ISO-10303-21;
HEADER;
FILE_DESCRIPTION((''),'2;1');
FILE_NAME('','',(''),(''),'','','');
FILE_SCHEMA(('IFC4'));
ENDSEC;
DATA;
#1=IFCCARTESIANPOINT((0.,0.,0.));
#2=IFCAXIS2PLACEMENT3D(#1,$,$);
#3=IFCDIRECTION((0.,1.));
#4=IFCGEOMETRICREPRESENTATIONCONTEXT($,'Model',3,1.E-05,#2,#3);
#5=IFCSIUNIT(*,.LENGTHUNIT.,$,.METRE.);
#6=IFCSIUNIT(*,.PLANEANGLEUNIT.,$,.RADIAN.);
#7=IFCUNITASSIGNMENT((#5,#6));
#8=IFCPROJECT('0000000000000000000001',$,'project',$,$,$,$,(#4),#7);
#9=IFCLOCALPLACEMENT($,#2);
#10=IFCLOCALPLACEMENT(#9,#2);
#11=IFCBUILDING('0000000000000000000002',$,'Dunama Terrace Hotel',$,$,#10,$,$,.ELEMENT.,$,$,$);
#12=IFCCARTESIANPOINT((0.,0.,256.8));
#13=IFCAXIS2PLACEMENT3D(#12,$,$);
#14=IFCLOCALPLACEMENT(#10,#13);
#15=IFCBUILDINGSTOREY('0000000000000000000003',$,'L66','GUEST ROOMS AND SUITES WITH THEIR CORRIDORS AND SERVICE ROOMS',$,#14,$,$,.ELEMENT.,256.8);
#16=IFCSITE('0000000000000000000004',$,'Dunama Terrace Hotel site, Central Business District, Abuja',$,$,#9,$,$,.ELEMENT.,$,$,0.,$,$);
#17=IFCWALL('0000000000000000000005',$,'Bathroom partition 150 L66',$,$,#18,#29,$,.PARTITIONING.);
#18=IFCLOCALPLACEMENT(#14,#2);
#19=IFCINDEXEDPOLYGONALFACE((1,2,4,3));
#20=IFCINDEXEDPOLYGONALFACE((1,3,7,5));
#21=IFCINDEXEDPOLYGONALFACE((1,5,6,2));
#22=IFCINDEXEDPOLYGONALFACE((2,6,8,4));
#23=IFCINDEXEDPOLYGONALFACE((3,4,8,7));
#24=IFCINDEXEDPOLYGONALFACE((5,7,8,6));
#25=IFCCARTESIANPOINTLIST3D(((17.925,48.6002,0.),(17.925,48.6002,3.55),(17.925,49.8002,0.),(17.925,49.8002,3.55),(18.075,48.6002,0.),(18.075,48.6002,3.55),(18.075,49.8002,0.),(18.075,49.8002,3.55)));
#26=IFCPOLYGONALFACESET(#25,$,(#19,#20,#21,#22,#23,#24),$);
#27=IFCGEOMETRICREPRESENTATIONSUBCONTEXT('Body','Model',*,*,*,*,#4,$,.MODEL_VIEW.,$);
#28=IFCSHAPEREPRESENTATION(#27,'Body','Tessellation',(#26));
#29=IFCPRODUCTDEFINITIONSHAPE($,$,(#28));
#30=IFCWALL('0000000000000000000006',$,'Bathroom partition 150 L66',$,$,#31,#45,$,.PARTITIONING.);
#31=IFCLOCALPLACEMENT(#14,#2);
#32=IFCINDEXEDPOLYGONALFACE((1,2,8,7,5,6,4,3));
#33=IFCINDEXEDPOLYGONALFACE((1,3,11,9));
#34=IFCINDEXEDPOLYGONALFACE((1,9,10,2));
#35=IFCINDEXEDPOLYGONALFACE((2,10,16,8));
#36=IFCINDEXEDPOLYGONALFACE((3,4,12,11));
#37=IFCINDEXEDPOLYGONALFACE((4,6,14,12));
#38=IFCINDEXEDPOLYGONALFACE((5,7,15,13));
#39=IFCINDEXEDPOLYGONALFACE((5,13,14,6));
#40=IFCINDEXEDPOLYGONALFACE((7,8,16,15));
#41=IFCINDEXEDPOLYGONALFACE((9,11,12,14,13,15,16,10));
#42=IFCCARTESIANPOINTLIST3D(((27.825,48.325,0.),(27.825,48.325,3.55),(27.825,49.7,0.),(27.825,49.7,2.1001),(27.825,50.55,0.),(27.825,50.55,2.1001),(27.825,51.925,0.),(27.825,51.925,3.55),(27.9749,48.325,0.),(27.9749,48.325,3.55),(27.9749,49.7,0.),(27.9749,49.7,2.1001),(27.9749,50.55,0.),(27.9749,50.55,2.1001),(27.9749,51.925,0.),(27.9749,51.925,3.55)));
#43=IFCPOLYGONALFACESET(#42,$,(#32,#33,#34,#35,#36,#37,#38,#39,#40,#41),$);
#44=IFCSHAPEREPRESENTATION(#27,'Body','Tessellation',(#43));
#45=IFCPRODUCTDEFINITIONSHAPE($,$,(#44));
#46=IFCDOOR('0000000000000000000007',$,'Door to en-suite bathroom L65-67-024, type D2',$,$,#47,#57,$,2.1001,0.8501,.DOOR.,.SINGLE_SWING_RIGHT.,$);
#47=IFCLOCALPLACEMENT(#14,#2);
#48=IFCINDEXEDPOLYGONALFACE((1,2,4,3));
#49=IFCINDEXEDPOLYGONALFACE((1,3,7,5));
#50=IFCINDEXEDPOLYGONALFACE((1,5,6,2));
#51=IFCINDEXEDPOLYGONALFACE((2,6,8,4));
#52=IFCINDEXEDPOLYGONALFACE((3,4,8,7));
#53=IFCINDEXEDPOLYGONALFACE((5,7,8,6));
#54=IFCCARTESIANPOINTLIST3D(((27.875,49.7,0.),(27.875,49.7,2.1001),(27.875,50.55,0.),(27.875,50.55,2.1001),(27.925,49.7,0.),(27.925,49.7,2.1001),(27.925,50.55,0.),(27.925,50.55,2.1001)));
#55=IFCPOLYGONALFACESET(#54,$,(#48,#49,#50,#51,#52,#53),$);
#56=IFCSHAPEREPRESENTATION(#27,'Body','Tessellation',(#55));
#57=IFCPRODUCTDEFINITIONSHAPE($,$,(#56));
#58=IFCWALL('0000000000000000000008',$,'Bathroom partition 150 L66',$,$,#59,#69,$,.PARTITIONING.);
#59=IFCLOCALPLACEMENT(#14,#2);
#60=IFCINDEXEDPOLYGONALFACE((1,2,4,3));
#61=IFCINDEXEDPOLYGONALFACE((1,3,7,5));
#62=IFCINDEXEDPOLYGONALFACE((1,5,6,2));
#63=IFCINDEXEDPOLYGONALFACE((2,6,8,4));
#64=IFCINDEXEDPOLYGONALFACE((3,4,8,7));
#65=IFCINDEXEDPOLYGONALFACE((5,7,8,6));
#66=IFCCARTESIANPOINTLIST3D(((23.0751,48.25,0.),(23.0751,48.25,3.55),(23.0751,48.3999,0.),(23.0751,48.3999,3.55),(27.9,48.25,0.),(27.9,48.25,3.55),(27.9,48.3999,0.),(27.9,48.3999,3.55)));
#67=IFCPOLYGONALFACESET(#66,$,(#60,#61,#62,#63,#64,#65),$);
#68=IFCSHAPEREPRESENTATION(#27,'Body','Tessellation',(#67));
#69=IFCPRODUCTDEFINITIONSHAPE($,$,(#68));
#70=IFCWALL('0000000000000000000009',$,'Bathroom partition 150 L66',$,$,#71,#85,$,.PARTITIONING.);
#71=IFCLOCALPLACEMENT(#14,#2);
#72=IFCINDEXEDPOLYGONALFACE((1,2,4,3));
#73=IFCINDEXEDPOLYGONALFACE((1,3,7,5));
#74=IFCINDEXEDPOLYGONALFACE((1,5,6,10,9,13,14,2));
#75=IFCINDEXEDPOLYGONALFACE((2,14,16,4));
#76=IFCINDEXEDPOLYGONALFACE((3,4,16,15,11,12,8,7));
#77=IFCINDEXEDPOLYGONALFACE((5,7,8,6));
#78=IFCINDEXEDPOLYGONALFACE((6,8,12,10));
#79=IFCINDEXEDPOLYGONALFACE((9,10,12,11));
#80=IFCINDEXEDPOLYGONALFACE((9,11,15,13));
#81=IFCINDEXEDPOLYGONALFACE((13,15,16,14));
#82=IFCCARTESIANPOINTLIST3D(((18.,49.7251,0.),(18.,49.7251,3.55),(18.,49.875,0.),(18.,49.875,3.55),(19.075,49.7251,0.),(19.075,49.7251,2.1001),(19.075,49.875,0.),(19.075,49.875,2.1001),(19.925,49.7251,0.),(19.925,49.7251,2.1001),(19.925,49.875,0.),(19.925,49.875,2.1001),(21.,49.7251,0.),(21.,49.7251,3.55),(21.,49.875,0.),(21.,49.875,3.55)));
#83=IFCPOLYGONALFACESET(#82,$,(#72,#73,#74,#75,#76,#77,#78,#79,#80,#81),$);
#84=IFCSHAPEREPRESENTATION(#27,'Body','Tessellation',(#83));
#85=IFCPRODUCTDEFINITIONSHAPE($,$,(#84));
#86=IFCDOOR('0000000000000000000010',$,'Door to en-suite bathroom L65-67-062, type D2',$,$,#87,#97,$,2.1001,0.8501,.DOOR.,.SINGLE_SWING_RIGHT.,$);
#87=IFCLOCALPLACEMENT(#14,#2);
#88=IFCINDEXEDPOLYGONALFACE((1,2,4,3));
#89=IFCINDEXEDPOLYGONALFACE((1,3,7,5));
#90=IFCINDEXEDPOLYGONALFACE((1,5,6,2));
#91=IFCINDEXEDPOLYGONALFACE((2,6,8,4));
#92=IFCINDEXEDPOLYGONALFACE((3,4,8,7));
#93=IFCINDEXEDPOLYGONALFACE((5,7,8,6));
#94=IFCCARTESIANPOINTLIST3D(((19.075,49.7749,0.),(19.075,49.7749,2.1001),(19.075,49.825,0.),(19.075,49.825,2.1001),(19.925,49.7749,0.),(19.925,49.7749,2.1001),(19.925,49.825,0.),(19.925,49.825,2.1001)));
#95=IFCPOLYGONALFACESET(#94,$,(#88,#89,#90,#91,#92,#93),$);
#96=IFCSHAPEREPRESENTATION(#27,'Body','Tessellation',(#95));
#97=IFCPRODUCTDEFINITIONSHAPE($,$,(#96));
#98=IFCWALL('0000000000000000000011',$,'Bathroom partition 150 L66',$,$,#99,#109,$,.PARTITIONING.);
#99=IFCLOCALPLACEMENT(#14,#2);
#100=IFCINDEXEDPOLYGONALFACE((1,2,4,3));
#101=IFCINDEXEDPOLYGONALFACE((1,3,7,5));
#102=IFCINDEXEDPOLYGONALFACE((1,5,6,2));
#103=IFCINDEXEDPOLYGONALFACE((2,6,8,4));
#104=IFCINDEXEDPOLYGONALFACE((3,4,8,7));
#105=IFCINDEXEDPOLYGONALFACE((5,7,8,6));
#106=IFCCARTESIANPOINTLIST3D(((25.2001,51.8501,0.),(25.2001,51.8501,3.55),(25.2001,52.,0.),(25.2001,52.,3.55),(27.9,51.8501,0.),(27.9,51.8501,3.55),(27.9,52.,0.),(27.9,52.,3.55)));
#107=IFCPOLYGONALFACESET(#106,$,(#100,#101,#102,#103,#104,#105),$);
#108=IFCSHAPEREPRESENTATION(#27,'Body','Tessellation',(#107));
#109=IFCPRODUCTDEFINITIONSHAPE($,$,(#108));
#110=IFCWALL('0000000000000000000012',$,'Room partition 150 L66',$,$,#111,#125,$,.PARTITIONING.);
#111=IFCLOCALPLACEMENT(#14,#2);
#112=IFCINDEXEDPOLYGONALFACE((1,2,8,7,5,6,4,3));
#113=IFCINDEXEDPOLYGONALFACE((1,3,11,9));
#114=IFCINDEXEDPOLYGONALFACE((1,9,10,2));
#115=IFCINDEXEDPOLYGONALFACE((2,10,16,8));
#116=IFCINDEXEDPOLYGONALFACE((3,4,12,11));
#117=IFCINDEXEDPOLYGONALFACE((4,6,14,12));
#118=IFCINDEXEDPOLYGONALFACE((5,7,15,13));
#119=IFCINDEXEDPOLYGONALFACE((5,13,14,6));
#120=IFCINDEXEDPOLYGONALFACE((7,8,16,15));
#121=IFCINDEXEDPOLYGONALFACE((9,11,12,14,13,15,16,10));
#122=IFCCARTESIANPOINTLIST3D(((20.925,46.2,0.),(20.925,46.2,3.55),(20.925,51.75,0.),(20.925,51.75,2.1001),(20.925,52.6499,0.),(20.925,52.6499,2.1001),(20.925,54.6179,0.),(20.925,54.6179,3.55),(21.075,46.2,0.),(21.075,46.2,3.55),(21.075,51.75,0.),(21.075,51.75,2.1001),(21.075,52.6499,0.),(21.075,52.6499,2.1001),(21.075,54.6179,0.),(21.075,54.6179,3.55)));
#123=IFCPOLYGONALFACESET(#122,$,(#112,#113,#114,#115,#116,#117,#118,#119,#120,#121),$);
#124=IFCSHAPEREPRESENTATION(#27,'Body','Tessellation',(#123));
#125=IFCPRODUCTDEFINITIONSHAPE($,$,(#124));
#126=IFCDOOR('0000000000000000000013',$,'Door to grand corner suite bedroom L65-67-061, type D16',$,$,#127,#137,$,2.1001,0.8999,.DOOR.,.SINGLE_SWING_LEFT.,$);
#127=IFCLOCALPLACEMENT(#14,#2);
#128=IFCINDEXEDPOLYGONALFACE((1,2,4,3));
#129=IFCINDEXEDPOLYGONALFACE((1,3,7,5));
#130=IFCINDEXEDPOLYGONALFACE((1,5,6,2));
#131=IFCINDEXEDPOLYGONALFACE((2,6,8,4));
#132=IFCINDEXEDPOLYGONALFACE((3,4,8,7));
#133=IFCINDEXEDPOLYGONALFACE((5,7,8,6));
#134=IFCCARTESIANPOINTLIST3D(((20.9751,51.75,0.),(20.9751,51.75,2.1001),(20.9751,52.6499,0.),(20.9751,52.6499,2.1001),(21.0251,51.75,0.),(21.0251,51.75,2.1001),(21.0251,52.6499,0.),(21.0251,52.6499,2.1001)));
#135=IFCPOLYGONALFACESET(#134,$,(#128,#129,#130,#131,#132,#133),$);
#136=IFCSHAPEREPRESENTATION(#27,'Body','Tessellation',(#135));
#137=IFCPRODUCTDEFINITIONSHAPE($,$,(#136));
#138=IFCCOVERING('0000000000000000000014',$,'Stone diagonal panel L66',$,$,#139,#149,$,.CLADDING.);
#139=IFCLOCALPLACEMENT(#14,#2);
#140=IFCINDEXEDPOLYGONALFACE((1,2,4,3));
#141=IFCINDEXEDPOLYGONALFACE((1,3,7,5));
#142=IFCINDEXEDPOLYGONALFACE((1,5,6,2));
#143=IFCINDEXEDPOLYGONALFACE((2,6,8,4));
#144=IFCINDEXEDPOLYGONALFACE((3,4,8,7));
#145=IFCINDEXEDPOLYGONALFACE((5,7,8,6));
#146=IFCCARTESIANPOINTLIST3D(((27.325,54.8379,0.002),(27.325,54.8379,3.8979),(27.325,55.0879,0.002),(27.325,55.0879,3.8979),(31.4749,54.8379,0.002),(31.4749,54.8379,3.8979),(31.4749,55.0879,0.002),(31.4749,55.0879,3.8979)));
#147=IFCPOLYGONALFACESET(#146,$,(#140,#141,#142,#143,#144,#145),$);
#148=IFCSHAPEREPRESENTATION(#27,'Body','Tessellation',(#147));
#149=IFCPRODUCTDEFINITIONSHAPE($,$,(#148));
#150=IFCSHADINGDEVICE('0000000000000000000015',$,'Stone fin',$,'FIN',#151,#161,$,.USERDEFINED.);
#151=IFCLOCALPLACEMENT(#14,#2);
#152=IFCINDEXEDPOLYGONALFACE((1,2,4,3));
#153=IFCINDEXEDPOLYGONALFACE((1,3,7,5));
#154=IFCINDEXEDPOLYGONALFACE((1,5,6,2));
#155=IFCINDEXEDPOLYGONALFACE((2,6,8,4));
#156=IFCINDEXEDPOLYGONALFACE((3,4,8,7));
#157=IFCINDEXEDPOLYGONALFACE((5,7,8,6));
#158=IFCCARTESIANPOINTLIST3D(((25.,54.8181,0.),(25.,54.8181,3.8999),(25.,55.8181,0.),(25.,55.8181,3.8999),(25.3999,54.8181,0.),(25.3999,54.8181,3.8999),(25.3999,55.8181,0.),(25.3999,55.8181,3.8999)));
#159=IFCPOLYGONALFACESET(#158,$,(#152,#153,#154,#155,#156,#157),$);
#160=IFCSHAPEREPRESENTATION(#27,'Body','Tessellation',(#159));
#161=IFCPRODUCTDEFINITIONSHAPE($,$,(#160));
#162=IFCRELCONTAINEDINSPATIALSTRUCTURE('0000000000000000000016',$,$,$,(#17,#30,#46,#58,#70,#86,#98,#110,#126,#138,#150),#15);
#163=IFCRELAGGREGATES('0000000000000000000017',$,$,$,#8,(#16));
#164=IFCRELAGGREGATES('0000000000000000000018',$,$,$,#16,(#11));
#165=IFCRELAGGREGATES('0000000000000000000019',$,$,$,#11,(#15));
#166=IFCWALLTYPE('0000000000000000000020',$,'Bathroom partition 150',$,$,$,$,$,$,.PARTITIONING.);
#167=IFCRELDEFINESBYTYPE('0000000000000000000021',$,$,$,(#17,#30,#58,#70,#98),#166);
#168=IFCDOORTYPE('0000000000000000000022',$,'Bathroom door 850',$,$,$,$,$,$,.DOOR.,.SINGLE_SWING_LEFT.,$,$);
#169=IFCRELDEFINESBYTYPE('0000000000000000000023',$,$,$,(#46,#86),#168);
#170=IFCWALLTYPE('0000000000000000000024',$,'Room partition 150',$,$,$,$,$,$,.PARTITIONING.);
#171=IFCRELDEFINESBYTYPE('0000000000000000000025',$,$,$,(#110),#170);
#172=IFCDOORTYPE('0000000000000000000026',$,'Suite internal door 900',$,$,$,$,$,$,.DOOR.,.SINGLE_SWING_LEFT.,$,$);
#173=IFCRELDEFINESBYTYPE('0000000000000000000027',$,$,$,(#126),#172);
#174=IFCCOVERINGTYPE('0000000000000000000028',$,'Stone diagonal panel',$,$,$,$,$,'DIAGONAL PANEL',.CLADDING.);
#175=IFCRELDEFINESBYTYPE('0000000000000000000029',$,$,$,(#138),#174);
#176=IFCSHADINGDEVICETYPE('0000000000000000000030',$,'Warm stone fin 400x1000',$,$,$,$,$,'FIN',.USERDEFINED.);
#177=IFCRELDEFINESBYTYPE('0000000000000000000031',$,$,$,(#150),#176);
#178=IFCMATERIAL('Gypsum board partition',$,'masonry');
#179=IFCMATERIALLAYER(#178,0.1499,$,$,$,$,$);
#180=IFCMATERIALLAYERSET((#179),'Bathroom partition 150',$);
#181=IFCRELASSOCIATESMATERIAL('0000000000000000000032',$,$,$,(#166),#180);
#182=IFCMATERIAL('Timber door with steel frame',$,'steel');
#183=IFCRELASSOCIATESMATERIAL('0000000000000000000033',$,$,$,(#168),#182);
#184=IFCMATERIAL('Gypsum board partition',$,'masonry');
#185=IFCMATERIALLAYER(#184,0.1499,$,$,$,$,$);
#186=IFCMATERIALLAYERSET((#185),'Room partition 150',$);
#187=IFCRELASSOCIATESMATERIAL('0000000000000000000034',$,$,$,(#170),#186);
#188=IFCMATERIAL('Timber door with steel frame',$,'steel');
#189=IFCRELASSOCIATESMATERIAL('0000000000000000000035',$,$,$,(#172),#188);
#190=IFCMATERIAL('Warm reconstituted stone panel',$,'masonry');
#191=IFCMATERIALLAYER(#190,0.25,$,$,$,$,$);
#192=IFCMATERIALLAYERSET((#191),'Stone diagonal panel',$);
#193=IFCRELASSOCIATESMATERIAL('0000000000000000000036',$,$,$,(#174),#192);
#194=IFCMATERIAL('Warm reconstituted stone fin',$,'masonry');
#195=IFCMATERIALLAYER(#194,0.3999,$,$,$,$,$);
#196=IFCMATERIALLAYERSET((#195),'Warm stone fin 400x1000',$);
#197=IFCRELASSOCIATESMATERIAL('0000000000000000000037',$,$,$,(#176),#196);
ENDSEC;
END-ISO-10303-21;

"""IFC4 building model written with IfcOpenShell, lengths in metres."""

from ifc_helpers import new_model, si_unit, direction, frame, frame_2d, origin, origin_2d, place, context, subcontext, project, spatial, rectangle, extrude, material, layer, layer_set, type_object, element, fill, save


model = new_model("IFC4")

# Units and contexts
model_context = context("Model", 3, precision=1e-05, world=origin(), true_north=direction((0.0, 1.0)))
body_context = subcontext(model_context, "Body", "Model", "MODEL_VIEW")
ifc_project = project(units=[si_unit("LENGTHUNIT", "METRE"), si_unit("PLANEANGLEUNIT", "RADIAN")], contexts=[model_context])

# Site, building, storey
site_placement = place(None, origin())
site = spatial("IfcSite", under=ifc_project, at=site_placement, Name="Dunama Terrace Hotel site, Central Business District, Abuja", CompositionType="ELEMENT", RefElevation=0.0)
building_placement = place(site_placement, origin())
building = spatial("IfcBuilding", under=site, at=building_placement, Name="Dunama Terrace Hotel", CompositionType="ELEMENT")
storey_placement = place(building_placement, frame((0.0, 0.0, 256.8)))
storey = spatial("IfcBuildingStorey", under=building, at=storey_placement, Name="L66", Description="GUEST ROOMS AND SUITES WITH THEIR CORRIDORS AND SERVICE ROOMS", CompositionType="ELEMENT", Elevation=256.8)

# Wall
ifc_material_1 = material(Name="Gypsum board partition", Category="masonry")
ifc_layer_1 = layer(ifc_material_1, 0.1499)
ifc_layer_set_1 = layer_set([ifc_layer_1], Name="Bathroom partition 150")
wall_type_1 = type_object("IfcWallType", Name="Bathroom partition 150", PredefinedType="PARTITIONING", material=ifc_layer_set_1)
wall_1_placement = place(storey_placement, frame((18.0, 48.6001, 0.0), z_axis=(0.0, 0.0, 1.0), x_axis=(0.0, 1.0, 0.0)))
element("IfcWall", 1, at=wall_1_placement, inside=storey, type_object=wall_type_1, Name="Bathroom partition 150 L66", PredefinedType="PARTITIONING", context=body_context, shape_type="SweptSolid", body=[
    extrude(rectangle(XDim=1.2, YDim=0.1499, at=frame_2d((0.6001, 0.0))), origin(), (0.0, 0.0, 1.0), 3.55),
])

# Wall, opening, door
wall_2_placement = place(storey_placement, frame((27.8999, 48.325, 0.0), z_axis=(0.0, 0.0, 1.0), x_axis=(0.0, 1.0, 0.0)))
wall_2 = element("IfcWall", 2, at=wall_2_placement, inside=storey, type_object=wall_type_1, Name="Bathroom partition 150 L66", PredefinedType="PARTITIONING", context=body_context, shape_type="SweptSolid", body=[
    extrude(rectangle(XDim=3.6001, YDim=0.1499, at=frame_2d((1.8, 0.0))), origin(), (0.0, 0.0, 1.0), 3.55),
])
opening_1_placement = place(wall_2_placement, frame((1.375, 0.0, 0.0)))
opening_1 = element("IfcOpeningElement", 3, at=opening_1_placement, cuts=wall_2, PredefinedType="OPENING", context=body_context, shape_type="SweptSolid", body=[
    extrude(rectangle(XDim=0.8501, YDim=2.1001, at=frame_2d((0.425, 1.05))), frame((0.0, 0.085, 0.0), z_axis=(0.0, -1.0, 0.0), x_axis=(1.0, 0.0, 0.0)), (0.0, 0.0, 1.0), 0.1699),
])
ifc_material_2 = material(Name="Timber door with steel frame", Category="steel")
door_type_1 = type_object("IfcDoorType", Name="Bathroom door 850", OperationType="SINGLE_SWING_LEFT", PredefinedType="DOOR", material=ifc_material_2)
door_1_placement = place(opening_1_placement, origin())
door_1 = element("IfcDoor", 4, at=door_1_placement, inside=storey, type_object=door_type_1, Name="Door to en-suite bathroom L65-67-024, type D2", OperationType="SINGLE_SWING_RIGHT", OverallHeight=2.1001, OverallWidth=0.8501, PredefinedType="DOOR", context=body_context, shape_type="SweptSolid", body=[
    extrude(rectangle(XDim=0.8501, YDim=2.1001, at=frame_2d((0.425, 1.05))), frame((0.0, 0.0249, 0.0), z_axis=(0.0, -1.0, 0.0), x_axis=(1.0, 0.0, 0.0)), (0.0, 0.0, 1.0), 0.05),
])
fill(opening_1, door_1)

# Wall
wall_3_placement = place(storey_placement, frame((23.075, 48.325, 0.0), z_axis=(0.0, 0.0, 1.0), x_axis=(1.0, 0.0, 0.0)))
element("IfcWall", 5, at=wall_3_placement, inside=storey, type_object=wall_type_1, Name="Bathroom partition 150 L66", PredefinedType="PARTITIONING", context=body_context, shape_type="SweptSolid", body=[
    extrude(rectangle(XDim=4.825, YDim=0.1499, at=frame_2d((2.4126, 0.0))), origin(), (0.0, 0.0, 1.0), 3.55),
])

# Wall, opening, door
wall_4_placement = place(storey_placement, frame((18.0, 49.8, 0.0), z_axis=(0.0, 0.0, 1.0), x_axis=(1.0, 0.0, 0.0)))
wall_4 = element("IfcWall", 6, at=wall_4_placement, inside=storey, type_object=wall_type_1, Name="Bathroom partition 150 L66", PredefinedType="PARTITIONING", context=body_context, shape_type="SweptSolid", body=[
    extrude(rectangle(XDim=3.0, YDim=0.1499, at=frame_2d((1.5, 0.0))), origin(), (0.0, 0.0, 1.0), 3.55),
])
opening_2_placement = place(wall_4_placement, frame((1.075, 0.0, 0.0)))
opening_2 = element("IfcOpeningElement", 7, at=opening_2_placement, cuts=wall_4, PredefinedType="OPENING", context=body_context, shape_type="SweptSolid", body=[
    extrude(rectangle(XDim=0.8501, YDim=2.1001, at=frame_2d((0.425, 1.05))), frame((0.0, 0.085, 0.0), z_axis=(0.0, -1.0, 0.0), x_axis=(1.0, 0.0, 0.0)), (0.0, 0.0, 1.0), 0.1699),
])
door_2_placement = place(opening_2_placement, frame((0.8501, 0.0, 0.0), z_axis=(0.0, 0.0, 1.0), x_axis=(-1.0, 0.0, 0.0)))
door_2 = element("IfcDoor", 8, at=door_2_placement, inside=storey, type_object=door_type_1, Name="Door to en-suite bathroom L65-67-062, type D2", OperationType="SINGLE_SWING_RIGHT", OverallHeight=2.1001, OverallWidth=0.8501, PredefinedType="DOOR", context=body_context, shape_type="SweptSolid", body=[
    extrude(rectangle(XDim=0.8501, YDim=2.1001, at=frame_2d((0.425, 1.05))), frame((0.0, 0.0251, 0.0), z_axis=(0.0, -1.0, 0.0), x_axis=(1.0, 0.0, 0.0)), (0.0, 0.0, 1.0), 0.05),
])
fill(opening_2, door_2)

# Wall
wall_5_placement = place(storey_placement, frame((25.2, 51.925, 0.0), z_axis=(0.0, 0.0, 1.0), x_axis=(1.0, 0.0, 0.0)))
element("IfcWall", 9, at=wall_5_placement, inside=storey, type_object=wall_type_1, Name="Bathroom partition 150 L66", PredefinedType="PARTITIONING", context=body_context, shape_type="SweptSolid", body=[
    extrude(rectangle(XDim=2.7, YDim=0.1499, at=frame_2d((1.3501, 0.0))), origin(), (0.0, 0.0, 1.0), 3.55),
])

# Wall, opening, door
ifc_material_3 = material(Name="Gypsum board partition", Category="masonry")
ifc_layer_2 = layer(ifc_material_3, 0.1499)
ifc_layer_set_2 = layer_set([ifc_layer_2], Name="Room partition 150")
wall_type_2 = type_object("IfcWallType", Name="Room partition 150", PredefinedType="PARTITIONING", material=ifc_layer_set_2)
wall_6_placement = place(storey_placement, frame((21.0, 46.2, 0.0), z_axis=(0.0, 0.0, 1.0), x_axis=(0.0, 1.0, 0.0)))
wall_6 = element("IfcWall", 10, at=wall_6_placement, inside=storey, type_object=wall_type_2, Name="Room partition 150 L66", PredefinedType="PARTITIONING", context=body_context, shape_type="SweptSolid", body=[
    extrude(rectangle(XDim=8.418, YDim=0.1499, at=frame_2d((4.209, 0.0))), origin(), (0.0, 0.0, 1.0), 3.55),
])
opening_3_placement = place(wall_6_placement, frame((5.55, 0.0, 0.0)))
opening_3 = element("IfcOpeningElement", 11, at=opening_3_placement, cuts=wall_6, PredefinedType="OPENING", context=body_context, shape_type="SweptSolid", body=[
    extrude(rectangle(XDim=0.8999, YDim=2.1001, at=frame_2d((0.45, 1.05))), frame((0.0, 0.085, 0.0), z_axis=(0.0, -1.0, 0.0), x_axis=(1.0, 0.0, 0.0)), (0.0, 0.0, 1.0), 0.1699),
])
ifc_material_4 = material(Name="Timber door with steel frame", Category="steel")
door_type_2 = type_object("IfcDoorType", Name="Suite internal door 900", OperationType="SINGLE_SWING_LEFT", PredefinedType="DOOR", material=ifc_material_4)
door_3_placement = place(opening_3_placement, origin())
door_3 = element("IfcDoor", 12, at=door_3_placement, inside=storey, type_object=door_type_2, Name="Door to grand corner suite bedroom L65-67-061, type D16", OperationType="SINGLE_SWING_LEFT", OverallHeight=2.1001, OverallWidth=0.8999, PredefinedType="DOOR", context=body_context, shape_type="SweptSolid", body=[
    extrude(rectangle(XDim=0.8999, YDim=2.1001, at=frame_2d((0.45, 1.05))), frame((0.0, 0.0249, 0.0), z_axis=(0.0, -1.0, 0.0), x_axis=(1.0, 0.0, 0.0)), (0.0, 0.0, 1.0), 0.05),
])
fill(opening_3, door_3)

# Covering
ifc_material_5 = material(Name="Warm reconstituted stone panel", Category="masonry")
ifc_layer_3 = layer(ifc_material_5, 0.25)
ifc_layer_set_3 = layer_set([ifc_layer_3], Name="Stone diagonal panel")
covering_type = type_object("IfcCoveringType", Name="Stone diagonal panel", ElementType="DIAGONAL PANEL", PredefinedType="CLADDING", material=ifc_layer_set_3)
covering_placement = place(storey_placement, frame((29.3999, 54.9629, 0.002), z_axis=(0.0, 0.0, 1.0), x_axis=(-1.0, 0.0, 0.0)))
element("IfcCovering", 13, at=covering_placement, inside=storey, type_object=covering_type, Name="Stone diagonal panel L66", PredefinedType="CLADDING", context=body_context, shape_type="SweptSolid", body=[
    extrude(rectangle(XDim=4.1499, YDim=0.25, at=origin_2d()), origin(), (0.0, 0.0, 1.0), 3.896),
])

# Shading device
ifc_material_6 = material(Name="Warm reconstituted stone fin", Category="masonry")
ifc_layer_4 = layer(ifc_material_6, 0.3999)
ifc_layer_set_4 = layer_set([ifc_layer_4], Name="Warm stone fin 400x1000")
shading_device_type = type_object("IfcShadingDeviceType", Name="Warm stone fin 400x1000", ElementType="FIN", PredefinedType="USERDEFINED", material=ifc_layer_set_4)
shading_device_placement = place(storey_placement, frame((25.2, 55.3181, 0.0), z_axis=(0.0, 0.0, 1.0), x_axis=(-1.0, 0.0, 0.0)))
element("IfcShadingDevice", 14, at=shading_device_placement, inside=storey, type_object=shading_device_type, Name="Stone fin", ObjectType="FIN", PredefinedType="USERDEFINED", context=body_context, shape_type="SweptSolid", body=[
    extrude(rectangle(XDim=0.3999, YDim=1.0, at=origin_2d()), origin(), (0.0, 0.0, 1.0), 3.8999),
])

save(model, "model.ifc")
